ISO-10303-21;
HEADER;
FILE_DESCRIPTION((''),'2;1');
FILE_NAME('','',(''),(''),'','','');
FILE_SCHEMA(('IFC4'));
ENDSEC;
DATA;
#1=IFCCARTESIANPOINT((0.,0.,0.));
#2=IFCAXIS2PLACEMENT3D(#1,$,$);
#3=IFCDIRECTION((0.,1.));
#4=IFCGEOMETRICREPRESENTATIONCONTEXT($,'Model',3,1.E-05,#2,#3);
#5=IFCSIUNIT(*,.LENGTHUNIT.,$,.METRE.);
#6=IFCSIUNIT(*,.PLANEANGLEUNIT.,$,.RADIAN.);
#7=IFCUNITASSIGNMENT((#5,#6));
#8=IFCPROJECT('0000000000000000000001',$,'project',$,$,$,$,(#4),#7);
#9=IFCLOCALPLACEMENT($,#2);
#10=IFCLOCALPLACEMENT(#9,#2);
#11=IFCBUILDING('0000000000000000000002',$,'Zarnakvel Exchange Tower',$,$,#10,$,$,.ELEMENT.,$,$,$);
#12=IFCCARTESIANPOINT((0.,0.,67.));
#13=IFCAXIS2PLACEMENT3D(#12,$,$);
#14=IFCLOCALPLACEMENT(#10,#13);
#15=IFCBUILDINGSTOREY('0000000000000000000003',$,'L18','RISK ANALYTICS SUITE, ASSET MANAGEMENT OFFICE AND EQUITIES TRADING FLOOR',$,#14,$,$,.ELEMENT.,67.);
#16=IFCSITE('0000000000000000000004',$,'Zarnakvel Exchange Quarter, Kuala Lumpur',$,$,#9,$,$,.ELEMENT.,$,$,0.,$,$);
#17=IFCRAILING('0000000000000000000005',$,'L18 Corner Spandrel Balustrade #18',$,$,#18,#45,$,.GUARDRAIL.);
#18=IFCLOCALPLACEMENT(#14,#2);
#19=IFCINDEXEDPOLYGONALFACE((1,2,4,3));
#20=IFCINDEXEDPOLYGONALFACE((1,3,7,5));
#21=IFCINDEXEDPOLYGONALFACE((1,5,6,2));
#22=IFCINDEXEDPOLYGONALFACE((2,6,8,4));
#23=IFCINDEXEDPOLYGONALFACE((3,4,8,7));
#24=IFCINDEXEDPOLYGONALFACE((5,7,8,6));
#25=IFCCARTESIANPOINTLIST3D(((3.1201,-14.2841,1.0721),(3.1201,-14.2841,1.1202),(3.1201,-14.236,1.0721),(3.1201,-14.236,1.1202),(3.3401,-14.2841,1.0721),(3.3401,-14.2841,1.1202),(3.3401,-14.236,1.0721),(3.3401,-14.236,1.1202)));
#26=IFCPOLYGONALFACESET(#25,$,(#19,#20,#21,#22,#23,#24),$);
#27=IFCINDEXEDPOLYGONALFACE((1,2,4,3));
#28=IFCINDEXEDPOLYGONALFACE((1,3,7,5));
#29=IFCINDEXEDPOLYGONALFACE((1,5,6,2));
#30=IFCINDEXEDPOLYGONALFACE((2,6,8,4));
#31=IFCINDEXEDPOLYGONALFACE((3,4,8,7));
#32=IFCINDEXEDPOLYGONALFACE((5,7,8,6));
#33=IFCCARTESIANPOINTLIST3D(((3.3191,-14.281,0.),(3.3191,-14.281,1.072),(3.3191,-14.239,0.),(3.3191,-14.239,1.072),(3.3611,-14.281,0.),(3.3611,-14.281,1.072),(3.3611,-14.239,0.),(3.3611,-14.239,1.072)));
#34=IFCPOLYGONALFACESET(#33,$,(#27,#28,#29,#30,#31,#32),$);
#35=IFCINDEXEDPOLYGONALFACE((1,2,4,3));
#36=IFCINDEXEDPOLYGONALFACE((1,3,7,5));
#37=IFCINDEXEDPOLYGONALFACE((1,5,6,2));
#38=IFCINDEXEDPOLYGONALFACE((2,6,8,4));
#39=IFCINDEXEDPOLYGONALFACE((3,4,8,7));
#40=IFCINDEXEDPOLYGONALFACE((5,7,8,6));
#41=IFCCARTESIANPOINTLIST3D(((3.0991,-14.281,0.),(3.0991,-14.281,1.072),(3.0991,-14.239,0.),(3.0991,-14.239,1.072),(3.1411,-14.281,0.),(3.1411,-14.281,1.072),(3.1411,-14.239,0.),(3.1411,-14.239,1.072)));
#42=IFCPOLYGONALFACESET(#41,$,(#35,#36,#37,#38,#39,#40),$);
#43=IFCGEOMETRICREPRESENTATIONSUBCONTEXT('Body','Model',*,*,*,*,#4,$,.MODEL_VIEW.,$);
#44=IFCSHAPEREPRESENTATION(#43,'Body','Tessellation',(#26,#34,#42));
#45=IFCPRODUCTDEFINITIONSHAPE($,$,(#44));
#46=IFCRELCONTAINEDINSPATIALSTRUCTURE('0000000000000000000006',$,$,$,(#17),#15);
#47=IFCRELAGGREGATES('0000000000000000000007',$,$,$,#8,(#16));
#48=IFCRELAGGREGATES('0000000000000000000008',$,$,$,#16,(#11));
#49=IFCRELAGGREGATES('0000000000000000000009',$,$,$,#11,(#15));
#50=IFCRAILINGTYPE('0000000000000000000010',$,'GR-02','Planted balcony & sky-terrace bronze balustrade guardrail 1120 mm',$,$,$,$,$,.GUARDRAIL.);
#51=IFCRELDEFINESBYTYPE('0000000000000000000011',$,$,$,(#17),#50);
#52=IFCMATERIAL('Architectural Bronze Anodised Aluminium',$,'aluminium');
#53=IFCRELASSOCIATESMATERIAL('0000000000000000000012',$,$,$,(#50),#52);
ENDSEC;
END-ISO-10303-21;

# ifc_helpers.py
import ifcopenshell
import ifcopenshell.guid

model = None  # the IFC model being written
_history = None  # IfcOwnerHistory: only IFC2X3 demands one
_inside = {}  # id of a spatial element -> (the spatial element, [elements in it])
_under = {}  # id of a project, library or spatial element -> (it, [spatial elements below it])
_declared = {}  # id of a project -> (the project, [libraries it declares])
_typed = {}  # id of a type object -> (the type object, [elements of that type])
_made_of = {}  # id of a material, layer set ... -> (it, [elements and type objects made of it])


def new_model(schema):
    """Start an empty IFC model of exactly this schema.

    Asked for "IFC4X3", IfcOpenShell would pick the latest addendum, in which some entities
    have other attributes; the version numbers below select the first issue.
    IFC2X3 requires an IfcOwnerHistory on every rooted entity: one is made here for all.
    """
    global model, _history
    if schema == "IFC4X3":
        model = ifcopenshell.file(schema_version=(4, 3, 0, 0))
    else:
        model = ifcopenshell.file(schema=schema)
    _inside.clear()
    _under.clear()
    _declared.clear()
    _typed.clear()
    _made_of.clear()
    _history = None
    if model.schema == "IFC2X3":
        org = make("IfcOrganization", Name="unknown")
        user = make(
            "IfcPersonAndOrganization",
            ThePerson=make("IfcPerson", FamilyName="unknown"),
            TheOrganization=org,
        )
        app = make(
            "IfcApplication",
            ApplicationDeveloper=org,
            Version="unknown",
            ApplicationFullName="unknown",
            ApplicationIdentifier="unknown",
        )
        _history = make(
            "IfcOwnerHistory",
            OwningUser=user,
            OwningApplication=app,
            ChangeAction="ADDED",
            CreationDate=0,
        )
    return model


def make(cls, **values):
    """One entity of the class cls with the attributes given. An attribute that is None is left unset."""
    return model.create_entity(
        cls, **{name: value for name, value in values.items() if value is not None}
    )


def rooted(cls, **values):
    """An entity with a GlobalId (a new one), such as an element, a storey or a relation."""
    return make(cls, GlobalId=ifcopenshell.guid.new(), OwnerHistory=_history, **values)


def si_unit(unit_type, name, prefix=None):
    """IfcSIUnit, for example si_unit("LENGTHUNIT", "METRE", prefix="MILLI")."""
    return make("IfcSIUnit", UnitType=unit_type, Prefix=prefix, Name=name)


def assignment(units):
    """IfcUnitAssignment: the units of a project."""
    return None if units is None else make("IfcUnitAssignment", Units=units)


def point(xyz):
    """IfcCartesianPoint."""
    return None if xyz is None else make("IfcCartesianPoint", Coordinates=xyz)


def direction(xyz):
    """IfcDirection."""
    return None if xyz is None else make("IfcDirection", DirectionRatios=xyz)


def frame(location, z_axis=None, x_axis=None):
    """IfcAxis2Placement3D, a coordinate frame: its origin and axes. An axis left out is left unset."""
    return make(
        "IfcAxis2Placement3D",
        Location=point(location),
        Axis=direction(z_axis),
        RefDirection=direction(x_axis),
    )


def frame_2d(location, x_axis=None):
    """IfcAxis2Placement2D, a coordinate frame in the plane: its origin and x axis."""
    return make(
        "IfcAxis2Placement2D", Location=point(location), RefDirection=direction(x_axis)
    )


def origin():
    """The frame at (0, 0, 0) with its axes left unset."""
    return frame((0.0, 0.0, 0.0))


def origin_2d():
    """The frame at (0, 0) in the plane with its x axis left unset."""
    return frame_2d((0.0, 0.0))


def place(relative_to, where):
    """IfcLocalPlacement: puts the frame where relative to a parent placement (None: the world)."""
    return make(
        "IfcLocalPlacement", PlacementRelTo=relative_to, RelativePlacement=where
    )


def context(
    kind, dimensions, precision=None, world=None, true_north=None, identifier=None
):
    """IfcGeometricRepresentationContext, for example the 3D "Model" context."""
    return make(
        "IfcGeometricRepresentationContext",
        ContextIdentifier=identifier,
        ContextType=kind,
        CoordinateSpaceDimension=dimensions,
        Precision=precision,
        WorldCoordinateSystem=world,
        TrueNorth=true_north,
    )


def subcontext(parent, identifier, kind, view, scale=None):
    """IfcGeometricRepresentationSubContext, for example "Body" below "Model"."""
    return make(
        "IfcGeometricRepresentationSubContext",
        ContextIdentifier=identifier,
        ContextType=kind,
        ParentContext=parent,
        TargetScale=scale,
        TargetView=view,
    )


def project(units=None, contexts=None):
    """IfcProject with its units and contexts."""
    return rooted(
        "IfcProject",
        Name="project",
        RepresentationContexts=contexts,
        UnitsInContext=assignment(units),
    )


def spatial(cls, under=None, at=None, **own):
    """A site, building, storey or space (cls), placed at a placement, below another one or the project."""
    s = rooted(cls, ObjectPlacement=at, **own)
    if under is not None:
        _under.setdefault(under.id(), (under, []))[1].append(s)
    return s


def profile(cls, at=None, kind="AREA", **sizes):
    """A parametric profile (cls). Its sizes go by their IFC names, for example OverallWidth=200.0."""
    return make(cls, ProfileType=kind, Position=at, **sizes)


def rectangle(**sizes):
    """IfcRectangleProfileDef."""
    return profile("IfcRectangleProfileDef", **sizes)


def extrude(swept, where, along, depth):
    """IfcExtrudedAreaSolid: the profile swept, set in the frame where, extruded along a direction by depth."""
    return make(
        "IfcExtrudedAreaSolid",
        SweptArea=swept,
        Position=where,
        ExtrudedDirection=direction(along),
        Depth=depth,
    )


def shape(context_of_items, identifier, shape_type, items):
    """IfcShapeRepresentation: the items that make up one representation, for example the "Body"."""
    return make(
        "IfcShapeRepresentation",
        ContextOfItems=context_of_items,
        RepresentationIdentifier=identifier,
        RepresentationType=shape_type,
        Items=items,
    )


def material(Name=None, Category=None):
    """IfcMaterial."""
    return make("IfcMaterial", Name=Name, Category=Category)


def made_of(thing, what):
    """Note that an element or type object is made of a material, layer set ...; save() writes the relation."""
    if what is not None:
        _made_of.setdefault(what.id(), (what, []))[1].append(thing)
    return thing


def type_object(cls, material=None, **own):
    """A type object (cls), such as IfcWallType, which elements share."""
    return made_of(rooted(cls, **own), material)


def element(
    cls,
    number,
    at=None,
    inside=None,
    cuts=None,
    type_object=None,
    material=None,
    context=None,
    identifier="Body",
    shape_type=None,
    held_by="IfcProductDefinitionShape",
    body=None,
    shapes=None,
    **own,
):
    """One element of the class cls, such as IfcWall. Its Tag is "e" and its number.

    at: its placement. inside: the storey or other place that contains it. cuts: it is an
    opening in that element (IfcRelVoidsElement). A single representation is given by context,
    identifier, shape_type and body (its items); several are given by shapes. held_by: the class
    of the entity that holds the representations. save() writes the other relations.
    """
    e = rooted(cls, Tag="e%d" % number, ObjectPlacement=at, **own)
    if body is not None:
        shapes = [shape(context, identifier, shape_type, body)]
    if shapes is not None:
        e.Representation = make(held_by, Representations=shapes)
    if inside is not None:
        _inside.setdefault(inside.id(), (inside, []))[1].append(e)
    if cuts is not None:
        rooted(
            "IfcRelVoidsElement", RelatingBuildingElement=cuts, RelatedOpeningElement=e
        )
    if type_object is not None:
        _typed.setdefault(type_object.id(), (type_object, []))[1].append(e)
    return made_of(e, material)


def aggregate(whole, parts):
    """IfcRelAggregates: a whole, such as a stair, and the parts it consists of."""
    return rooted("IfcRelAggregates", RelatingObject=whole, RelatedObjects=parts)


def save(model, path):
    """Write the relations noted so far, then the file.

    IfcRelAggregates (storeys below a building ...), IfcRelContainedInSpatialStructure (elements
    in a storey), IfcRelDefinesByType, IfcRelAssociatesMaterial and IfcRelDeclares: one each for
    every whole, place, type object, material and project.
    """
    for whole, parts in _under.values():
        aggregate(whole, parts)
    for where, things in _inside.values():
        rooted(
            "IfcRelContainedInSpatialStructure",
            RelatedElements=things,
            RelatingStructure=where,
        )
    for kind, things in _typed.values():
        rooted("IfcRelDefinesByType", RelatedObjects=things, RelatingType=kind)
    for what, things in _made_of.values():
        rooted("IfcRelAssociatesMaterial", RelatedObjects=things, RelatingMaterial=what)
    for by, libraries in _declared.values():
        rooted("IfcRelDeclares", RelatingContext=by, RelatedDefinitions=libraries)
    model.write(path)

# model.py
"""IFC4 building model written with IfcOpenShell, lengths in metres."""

from ifc_helpers import new_model, si_unit, direction, frame, origin, origin_2d, place, context, subcontext, project, spatial, rectangle, extrude, material, type_object, element, save


model = new_model("IFC4")

# Units and contexts
model_context = context("Model", 3, precision=1e-05, world=origin(), true_north=direction((0.0, 1.0)))
body_context = subcontext(model_context, "Body", "Model", "MODEL_VIEW")
ifc_project = project(units=[si_unit("LENGTHUNIT", "METRE"), si_unit("PLANEANGLEUNIT", "RADIAN")], contexts=[model_context])

# Site, building, storey
site_placement = place(None, origin())
site = spatial("IfcSite", under=ifc_project, at=site_placement, Name="Zarnakvel Exchange Quarter, Kuala Lumpur", CompositionType="ELEMENT", RefElevation=0.0)
building_placement = place(site_placement, origin())
building = spatial("IfcBuilding", under=site, at=building_placement, Name="Zarnakvel Exchange Tower", CompositionType="ELEMENT")
storey_placement = place(building_placement, frame((0.0, 0.0, 67.0)))
storey = spatial("IfcBuildingStorey", under=building, at=storey_placement, Name="L18", Description="RISK ANALYTICS SUITE, ASSET MANAGEMENT OFFICE AND EQUITIES TRADING FLOOR", CompositionType="ELEMENT", Elevation=67.0)

# Railing
ifc_material_1 = material(Name="Architectural Bronze Anodised Aluminium", Category="aluminium")
railing_type = type_object("IfcRailingType", Name="GR-02", Description="Planted balcony & sky-terrace bronze balustrade guardrail 1120 mm", PredefinedType="GUARDRAIL", material=ifc_material_1)
railing_placement = place(storey_placement, frame((3.3401, -14.26, 0.0)))
element("IfcRailing", 1, at=railing_placement, inside=storey, type_object=railing_type, Name="L18 Corner Spandrel Balustrade #18", PredefinedType="GUARDRAIL", context=body_context, shape_type="SweptSolid", body=[
    extrude(rectangle(XDim=0.0481, YDim=0.0481, at=origin_2d()), frame((0.0, 0.0, 1.0962), z_axis=(-1.0, 0.0, 0.0), x_axis=(0.0, -1.0, 0.0)), (0.0, 0.0, 1.0), 0.22),
    extrude(rectangle(XDim=0.042, YDim=0.042, at=origin_2d()), origin(), (0.0, 0.0, 1.0), 1.072),
    extrude(rectangle(XDim=0.042, YDim=0.042, at=origin_2d()), frame((-0.22, 0.0, 0.0)), (0.0, 0.0, 1.0), 1.072),
])

save(model, "model.ifc")
